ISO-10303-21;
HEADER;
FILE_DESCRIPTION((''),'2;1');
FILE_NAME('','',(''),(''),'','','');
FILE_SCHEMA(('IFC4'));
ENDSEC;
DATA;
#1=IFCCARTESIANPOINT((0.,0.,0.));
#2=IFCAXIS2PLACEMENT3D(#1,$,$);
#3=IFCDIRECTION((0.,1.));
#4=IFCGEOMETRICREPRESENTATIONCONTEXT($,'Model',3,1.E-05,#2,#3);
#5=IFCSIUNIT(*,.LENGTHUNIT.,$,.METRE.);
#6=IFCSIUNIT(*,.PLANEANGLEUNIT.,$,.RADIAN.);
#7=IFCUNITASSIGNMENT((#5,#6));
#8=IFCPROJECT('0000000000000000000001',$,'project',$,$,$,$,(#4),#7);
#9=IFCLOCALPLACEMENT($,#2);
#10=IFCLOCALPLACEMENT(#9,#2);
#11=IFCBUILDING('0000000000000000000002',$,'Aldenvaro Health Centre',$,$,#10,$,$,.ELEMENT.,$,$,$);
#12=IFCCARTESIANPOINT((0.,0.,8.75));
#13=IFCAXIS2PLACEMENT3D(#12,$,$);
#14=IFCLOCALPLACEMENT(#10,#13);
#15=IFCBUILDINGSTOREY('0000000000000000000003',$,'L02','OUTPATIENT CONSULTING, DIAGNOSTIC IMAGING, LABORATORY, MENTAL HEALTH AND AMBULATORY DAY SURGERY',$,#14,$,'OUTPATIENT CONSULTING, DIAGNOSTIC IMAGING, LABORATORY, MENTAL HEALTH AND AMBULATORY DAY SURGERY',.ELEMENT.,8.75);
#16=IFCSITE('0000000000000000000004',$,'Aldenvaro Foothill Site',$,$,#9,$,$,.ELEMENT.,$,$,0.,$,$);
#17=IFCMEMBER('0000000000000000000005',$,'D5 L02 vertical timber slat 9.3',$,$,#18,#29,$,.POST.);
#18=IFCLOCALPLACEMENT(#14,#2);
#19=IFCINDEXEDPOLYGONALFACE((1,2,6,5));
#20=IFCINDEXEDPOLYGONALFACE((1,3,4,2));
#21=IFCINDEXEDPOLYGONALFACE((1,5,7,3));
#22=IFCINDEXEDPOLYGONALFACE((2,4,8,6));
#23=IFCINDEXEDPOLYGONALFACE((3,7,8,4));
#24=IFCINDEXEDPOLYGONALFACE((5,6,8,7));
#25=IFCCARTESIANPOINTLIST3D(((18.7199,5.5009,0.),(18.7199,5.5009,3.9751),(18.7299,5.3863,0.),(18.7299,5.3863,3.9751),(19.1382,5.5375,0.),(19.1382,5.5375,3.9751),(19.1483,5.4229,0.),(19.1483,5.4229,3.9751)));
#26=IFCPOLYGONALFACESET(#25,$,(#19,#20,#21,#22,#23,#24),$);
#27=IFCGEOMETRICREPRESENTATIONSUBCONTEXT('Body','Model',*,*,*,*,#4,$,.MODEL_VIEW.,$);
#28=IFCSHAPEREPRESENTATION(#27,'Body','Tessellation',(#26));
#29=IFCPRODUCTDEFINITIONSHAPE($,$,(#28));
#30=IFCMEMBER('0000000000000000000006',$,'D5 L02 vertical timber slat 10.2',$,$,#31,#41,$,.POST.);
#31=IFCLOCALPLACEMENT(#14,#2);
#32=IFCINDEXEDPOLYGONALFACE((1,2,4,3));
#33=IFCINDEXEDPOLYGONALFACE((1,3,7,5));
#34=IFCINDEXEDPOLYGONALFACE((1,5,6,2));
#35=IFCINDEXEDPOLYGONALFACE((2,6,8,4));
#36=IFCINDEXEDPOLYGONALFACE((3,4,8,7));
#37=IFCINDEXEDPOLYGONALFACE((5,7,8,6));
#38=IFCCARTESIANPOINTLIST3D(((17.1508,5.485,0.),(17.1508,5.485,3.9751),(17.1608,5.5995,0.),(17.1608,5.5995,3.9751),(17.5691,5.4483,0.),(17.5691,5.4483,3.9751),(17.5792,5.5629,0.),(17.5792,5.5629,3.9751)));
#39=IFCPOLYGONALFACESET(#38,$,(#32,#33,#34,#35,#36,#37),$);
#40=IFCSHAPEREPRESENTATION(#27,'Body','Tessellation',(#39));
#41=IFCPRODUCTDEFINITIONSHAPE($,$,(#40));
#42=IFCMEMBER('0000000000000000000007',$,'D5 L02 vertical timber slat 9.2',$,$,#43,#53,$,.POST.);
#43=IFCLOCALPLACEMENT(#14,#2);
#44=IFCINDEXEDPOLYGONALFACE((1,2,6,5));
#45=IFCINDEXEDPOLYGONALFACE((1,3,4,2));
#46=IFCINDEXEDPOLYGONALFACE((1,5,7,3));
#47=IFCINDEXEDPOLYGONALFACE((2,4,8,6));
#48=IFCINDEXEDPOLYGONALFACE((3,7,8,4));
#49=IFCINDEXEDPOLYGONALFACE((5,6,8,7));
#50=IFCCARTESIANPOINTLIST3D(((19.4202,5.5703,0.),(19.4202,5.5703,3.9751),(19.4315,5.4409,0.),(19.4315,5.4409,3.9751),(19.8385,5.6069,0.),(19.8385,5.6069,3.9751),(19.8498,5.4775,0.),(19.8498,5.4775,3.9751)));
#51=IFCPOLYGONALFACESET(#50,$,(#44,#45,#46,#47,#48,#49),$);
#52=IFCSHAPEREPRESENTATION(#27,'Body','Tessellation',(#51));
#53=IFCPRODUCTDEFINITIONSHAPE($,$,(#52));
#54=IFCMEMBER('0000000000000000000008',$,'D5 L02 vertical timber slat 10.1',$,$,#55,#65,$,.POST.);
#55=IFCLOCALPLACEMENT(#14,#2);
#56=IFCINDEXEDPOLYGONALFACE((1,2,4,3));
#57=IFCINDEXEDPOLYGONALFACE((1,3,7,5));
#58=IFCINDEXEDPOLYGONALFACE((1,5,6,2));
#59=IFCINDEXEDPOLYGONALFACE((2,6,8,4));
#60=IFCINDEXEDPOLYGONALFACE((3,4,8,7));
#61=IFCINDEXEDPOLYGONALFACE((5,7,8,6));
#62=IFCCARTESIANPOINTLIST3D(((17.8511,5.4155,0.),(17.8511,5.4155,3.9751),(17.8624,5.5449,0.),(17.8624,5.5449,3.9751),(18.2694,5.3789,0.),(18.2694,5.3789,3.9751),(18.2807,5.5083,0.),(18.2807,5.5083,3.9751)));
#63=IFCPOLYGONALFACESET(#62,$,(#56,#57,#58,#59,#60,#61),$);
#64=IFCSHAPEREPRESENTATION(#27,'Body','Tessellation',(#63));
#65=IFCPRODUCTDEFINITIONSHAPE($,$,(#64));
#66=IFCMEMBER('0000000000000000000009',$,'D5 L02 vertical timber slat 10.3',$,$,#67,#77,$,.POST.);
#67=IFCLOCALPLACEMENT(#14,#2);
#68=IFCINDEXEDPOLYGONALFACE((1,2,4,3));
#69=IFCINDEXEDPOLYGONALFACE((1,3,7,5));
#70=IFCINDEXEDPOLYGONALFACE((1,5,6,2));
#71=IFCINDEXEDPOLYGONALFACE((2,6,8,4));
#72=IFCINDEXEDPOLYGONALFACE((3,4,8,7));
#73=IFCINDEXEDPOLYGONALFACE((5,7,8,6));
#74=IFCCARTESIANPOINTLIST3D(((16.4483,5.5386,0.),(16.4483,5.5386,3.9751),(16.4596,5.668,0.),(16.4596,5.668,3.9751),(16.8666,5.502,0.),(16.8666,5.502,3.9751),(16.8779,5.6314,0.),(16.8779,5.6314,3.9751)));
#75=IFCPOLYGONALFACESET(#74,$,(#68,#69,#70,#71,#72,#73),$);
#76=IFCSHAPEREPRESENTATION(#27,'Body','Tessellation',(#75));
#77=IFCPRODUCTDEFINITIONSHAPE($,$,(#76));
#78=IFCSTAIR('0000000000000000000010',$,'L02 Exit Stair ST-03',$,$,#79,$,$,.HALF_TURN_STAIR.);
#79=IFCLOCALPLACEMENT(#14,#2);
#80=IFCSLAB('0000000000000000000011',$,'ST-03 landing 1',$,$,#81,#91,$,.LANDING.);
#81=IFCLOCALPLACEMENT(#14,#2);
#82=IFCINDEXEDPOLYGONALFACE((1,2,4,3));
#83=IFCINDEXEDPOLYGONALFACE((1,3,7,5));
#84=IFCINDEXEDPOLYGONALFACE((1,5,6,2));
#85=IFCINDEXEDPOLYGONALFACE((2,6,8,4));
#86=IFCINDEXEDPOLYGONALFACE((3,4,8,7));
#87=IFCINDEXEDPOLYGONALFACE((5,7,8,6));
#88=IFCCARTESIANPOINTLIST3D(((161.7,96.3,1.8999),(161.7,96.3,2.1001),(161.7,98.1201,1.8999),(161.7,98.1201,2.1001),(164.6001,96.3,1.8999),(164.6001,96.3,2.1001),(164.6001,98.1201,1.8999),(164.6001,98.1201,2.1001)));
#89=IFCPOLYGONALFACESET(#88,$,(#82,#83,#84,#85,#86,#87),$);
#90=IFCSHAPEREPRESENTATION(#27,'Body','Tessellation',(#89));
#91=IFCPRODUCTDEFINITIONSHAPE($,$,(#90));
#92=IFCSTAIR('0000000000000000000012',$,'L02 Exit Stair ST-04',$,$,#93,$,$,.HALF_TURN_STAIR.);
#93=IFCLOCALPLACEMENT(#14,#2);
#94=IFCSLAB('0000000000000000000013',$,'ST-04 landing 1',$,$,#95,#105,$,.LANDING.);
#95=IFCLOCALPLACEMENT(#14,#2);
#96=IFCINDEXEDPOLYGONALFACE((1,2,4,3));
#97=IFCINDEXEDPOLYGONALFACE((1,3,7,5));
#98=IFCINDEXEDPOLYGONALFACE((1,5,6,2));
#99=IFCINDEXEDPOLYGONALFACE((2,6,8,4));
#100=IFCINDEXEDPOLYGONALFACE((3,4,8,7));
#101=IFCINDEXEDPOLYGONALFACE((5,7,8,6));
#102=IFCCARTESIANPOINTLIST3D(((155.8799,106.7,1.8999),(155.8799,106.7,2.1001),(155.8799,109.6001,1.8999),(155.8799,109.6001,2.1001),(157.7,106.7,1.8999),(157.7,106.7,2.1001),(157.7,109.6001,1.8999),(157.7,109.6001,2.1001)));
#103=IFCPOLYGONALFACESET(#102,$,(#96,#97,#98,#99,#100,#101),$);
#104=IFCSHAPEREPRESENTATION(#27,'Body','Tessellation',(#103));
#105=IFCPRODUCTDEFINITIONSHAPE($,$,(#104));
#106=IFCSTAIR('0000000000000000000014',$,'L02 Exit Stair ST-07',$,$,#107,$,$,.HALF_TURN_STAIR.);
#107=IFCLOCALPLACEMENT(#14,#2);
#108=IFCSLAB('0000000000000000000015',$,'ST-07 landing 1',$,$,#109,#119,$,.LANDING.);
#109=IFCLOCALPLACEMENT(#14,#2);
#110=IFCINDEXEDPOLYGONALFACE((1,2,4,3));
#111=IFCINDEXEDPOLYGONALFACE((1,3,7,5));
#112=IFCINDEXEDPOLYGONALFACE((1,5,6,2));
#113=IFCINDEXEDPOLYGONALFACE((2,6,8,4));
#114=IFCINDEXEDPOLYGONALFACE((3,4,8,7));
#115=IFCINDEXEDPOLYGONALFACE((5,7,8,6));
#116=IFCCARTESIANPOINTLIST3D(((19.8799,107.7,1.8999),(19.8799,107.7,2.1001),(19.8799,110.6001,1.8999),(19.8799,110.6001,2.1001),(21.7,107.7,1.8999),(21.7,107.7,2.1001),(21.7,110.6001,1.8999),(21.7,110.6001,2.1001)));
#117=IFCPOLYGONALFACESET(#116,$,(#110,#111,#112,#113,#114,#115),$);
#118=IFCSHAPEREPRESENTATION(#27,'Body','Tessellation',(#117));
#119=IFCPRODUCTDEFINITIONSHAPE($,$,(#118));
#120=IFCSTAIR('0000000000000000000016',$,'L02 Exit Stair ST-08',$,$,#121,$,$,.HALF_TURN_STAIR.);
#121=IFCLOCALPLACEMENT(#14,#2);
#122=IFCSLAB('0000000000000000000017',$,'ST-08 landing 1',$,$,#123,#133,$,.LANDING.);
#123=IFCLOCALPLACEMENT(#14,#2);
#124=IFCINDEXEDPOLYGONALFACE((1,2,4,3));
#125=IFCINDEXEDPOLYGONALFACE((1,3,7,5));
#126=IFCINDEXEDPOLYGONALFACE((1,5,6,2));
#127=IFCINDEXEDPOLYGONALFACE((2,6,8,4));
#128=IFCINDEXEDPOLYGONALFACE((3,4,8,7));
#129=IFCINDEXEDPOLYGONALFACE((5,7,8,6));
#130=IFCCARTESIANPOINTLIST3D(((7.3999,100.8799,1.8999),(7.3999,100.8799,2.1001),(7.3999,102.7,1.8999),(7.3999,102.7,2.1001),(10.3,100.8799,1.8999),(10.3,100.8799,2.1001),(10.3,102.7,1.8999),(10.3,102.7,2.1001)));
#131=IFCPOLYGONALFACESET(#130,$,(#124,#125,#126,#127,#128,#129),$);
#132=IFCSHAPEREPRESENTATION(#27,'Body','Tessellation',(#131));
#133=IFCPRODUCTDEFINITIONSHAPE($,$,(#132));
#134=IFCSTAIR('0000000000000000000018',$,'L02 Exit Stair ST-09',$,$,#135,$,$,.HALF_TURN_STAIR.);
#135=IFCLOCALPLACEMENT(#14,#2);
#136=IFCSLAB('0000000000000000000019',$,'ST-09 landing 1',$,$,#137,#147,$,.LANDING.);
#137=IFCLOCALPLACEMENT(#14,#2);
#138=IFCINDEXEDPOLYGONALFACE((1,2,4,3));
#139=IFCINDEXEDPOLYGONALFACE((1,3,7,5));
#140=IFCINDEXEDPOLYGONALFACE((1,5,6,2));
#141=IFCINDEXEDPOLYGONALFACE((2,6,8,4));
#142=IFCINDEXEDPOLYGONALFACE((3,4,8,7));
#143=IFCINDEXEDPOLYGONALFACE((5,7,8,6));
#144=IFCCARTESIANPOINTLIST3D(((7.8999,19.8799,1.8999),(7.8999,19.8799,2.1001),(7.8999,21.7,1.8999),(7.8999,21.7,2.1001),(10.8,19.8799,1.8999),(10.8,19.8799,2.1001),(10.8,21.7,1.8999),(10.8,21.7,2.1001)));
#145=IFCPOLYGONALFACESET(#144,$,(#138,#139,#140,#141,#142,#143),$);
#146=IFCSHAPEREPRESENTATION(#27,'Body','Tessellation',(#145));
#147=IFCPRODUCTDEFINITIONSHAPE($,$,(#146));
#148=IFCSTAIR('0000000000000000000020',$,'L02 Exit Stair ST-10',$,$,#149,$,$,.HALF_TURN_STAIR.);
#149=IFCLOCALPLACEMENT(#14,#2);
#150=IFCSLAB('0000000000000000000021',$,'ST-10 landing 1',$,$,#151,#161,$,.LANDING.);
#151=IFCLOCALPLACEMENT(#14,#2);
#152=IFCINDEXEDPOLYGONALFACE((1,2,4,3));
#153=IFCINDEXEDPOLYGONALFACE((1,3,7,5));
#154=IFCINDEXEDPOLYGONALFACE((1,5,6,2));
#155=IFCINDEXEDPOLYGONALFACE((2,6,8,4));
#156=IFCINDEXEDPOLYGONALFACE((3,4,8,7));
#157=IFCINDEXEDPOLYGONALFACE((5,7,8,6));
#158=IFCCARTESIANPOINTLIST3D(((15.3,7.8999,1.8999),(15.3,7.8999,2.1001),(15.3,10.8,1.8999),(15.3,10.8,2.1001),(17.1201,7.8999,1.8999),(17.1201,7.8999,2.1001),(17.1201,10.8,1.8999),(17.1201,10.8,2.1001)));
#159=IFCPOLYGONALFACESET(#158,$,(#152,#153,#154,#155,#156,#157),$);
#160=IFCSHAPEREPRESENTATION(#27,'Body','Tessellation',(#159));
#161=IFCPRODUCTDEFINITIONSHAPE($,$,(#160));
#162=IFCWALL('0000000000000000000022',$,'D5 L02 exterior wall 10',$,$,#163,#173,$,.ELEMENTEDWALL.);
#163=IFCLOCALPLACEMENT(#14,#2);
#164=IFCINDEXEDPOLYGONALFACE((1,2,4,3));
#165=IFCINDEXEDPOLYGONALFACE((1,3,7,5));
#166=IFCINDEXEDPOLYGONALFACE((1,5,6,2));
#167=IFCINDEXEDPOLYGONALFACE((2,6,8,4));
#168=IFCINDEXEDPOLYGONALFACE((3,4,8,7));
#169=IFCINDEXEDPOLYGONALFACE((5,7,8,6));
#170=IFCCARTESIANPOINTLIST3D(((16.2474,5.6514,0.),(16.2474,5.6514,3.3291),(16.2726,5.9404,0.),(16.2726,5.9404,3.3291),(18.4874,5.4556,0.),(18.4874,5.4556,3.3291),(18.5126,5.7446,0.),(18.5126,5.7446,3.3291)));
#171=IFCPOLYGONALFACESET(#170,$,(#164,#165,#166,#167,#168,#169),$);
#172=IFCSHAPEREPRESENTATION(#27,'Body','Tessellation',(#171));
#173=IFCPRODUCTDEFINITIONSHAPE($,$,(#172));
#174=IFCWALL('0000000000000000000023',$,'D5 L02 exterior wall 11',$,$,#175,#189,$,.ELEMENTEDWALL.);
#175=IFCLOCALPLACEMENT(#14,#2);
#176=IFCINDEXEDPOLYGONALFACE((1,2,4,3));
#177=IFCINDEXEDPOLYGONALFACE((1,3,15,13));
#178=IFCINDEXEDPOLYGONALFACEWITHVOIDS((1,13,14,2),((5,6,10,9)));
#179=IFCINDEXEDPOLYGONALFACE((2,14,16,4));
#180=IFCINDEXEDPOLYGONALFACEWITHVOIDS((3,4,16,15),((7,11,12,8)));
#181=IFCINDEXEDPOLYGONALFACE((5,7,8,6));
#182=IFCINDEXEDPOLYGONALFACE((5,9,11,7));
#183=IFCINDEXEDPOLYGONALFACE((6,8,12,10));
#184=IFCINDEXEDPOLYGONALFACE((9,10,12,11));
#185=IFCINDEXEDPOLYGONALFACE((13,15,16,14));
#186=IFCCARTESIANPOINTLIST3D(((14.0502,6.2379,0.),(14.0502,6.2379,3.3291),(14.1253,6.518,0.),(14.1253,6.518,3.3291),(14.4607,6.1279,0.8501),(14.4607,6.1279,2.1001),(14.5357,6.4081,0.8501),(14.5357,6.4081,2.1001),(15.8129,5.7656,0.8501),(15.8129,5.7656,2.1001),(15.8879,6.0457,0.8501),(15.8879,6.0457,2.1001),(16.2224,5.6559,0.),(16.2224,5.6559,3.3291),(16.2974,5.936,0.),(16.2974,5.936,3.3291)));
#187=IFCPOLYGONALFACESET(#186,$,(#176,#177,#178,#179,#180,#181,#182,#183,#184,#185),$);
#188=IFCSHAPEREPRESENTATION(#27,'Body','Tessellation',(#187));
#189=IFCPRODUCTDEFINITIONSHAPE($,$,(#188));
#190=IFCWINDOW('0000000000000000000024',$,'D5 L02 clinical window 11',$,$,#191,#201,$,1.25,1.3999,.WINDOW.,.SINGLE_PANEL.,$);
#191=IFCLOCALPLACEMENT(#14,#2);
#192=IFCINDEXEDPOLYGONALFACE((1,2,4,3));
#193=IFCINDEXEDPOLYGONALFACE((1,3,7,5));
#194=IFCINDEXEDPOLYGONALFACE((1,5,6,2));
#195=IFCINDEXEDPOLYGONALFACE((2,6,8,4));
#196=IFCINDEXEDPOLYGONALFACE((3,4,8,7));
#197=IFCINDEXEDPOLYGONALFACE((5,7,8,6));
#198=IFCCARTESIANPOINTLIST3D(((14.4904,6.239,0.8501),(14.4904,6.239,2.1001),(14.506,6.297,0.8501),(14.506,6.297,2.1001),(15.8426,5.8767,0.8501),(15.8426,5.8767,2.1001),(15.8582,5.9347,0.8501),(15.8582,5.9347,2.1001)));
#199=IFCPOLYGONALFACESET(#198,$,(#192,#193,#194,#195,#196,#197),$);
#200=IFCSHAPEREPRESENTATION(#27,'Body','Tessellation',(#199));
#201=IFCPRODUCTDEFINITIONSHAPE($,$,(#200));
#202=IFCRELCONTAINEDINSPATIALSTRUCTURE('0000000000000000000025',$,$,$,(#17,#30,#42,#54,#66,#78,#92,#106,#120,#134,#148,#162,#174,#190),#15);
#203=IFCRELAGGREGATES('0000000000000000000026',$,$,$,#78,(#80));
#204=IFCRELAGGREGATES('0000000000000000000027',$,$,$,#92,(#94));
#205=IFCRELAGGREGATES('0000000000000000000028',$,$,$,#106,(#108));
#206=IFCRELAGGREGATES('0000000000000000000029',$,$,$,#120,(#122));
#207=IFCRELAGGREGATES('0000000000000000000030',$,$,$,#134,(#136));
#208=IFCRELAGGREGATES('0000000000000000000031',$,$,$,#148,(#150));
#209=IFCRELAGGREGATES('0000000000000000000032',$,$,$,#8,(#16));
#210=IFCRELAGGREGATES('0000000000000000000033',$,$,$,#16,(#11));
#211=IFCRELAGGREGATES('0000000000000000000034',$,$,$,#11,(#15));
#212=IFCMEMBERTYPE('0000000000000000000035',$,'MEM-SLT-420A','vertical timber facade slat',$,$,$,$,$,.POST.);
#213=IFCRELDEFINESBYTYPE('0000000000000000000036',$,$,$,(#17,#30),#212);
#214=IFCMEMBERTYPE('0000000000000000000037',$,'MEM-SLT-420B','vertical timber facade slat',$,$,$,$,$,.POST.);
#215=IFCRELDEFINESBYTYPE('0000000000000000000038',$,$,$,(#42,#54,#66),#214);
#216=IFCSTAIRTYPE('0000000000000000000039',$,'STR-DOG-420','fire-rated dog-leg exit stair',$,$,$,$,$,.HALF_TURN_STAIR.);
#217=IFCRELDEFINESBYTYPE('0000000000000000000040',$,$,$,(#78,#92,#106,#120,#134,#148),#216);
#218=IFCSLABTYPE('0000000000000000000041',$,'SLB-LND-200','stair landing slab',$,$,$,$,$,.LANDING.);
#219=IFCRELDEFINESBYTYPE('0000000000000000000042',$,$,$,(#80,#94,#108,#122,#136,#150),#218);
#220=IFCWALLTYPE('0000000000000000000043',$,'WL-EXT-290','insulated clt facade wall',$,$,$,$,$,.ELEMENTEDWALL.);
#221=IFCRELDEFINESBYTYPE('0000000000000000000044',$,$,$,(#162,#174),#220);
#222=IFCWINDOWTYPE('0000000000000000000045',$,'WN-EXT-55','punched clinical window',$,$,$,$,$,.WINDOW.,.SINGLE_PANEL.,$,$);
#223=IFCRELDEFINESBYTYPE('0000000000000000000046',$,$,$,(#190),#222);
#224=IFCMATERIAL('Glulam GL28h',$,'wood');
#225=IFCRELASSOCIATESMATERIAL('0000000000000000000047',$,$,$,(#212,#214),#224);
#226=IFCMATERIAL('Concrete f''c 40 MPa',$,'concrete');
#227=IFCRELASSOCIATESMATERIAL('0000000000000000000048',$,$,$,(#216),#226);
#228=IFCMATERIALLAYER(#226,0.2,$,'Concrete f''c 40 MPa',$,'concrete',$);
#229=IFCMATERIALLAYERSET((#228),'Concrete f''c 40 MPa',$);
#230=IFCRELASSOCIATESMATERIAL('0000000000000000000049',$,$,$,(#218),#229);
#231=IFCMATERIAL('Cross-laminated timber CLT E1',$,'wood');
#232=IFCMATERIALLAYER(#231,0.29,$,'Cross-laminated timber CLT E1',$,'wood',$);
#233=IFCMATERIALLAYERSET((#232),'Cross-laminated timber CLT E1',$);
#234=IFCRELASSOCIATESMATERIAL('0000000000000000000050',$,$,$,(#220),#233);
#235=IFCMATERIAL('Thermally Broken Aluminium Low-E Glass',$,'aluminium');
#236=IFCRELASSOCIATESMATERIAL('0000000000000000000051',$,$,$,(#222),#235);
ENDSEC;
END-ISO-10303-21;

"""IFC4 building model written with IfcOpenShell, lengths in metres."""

from ifc_helpers import new_model, si_unit, direction, frame, frame_2d, origin, origin_2d, place, context, subcontext, project, spatial, polyline, rectangle, outline, extrude, material, layer, layer_set, material_profile, profile_set, type_object, element, fill, aggregate, save


model = new_model("IFC4")

# Units and contexts
model_context = context("Model", 3, precision=1e-05, world=origin(), true_north=direction((0.0, 1.0)))
body_context = subcontext(model_context, "Body", "Model", "MODEL_VIEW")
ifc_project = project(units=[si_unit("LENGTHUNIT", "METRE"), si_unit("PLANEANGLEUNIT", "RADIAN")], contexts=[model_context])

# Site, building, storey
site_placement = place(None, origin())
site = spatial("IfcSite", under=ifc_project, at=site_placement, Name="Aldenvaro Foothill Site", CompositionType="ELEMENT", RefElevation=0.0)
building_placement = place(site_placement, origin())
building = spatial("IfcBuilding", under=site, at=building_placement, Name="Aldenvaro Health Centre", CompositionType="ELEMENT")
storey_placement = place(building_placement, frame((0.0, 0.0, 8.75)))
storey = spatial("IfcBuildingStorey", under=building, at=storey_placement, Name="L02", Description="OUTPATIENT CONSULTING, DIAGNOSTIC IMAGING, LABORATORY, MENTAL HEALTH AND AMBULATORY DAY SURGERY", LongName="OUTPATIENT CONSULTING, DIAGNOSTIC IMAGING, LABORATORY, MENTAL HEALTH AND AMBULATORY DAY SURGERY", CompositionType="ELEMENT", Elevation=8.75)

# Members
ifc_material_1 = material(Name="Glulam GL28h", Category="wood")
ifc_material_profile_1 = material_profile(ifc_material_1, rectangle(XDim=0.115, YDim=0.4199, at=origin_2d()), Name="GL 115x420", Category="wood")
ifc_profile_set_1 = profile_set([ifc_material_profile_1], Name="Glulam GL28h")
member_type_1 = type_object("IfcMemberType", Name="MEM-SLT-420A", Description="vertical timber facade slat", PredefinedType="POST", material=ifc_profile_set_1)
for number, where, z_axis, x_axis, name in (
    (1, (18.9341, 5.4619, 0.0), (0.0, 0.0, 1.0), (0.087167, -0.996194, 0.0), "D5 L02 vertical timber slat 9.3"),
    (2, (17.365, 5.5239, 0.0), (0.0, 0.0, 1.0), (-0.087167, -0.996194, 0.0), "D5 L02 vertical timber slat 10.2"),
):
    element("IfcMember", number, at=place(storey_placement, frame(where, z_axis=z_axis, x_axis=x_axis)), inside=storey, type_object=member_type_1, Name=name, PredefinedType="POST", context=body_context, shape_type="SweptSolid", body=[
        extrude(rectangle(XDim=0.115, YDim=0.4199, at=origin_2d()), origin(), (0.0, 0.0, 1.0), 3.9751),
    ])
ifc_material_profile_2 = material_profile(ifc_material_1, rectangle(XDim=0.1299, YDim=0.4199, at=origin_2d()), Name="GL 130x420", Category="wood")
ifc_profile_set_2 = profile_set([ifc_material_profile_2], Name="Glulam GL28h")
member_type_2 = type_object("IfcMemberType", Name="MEM-SLT-420B", Description="vertical timber facade slat", PredefinedType="POST", material=ifc_profile_set_2)
for number, where, z_axis, x_axis, name in (
    (3, (19.635, 5.5239, 0.0), (0.0, 0.0, 1.0), (0.087167, -0.996194, 0.0), "D5 L02 vertical timber slat 9.2"),
    (4, (18.0659, 5.4619, 0.0), (0.0, 0.0, 1.0), (-0.087167, -0.996194, 0.0), "D5 L02 vertical timber slat 10.1"),
    (5, (16.6631, 5.585, 0.0), (0.0, 0.0, 1.0), (-0.087167, -0.996194, 0.0), "D5 L02 vertical timber slat 10.3"),
):
    element("IfcMember", number, at=place(storey_placement, frame(where, z_axis=z_axis, x_axis=x_axis)), inside=storey, type_object=member_type_2, Name=name, PredefinedType="POST", context=body_context, shape_type="SweptSolid", body=[
        extrude(rectangle(XDim=0.1299, YDim=0.4199, at=origin_2d()), origin(), (0.0, 0.0, 1.0), 3.9751),
    ])

# Stairs, slabs
ifc_material_2 = material(Name="Concrete f'c 40 MPa", Category="concrete")
stair_type = type_object("IfcStairType", Name="STR-DOG-420", Description="fire-rated dog-leg exit stair", PredefinedType="HALF_TURN_STAIR", material=ifc_material_2)
stair_1_placement = place(storey_placement, origin())
stair_1 = element("IfcStair", 6, at=stair_1_placement, inside=storey, type_object=stair_type, Name="L02 Exit Stair ST-03", PredefinedType="HALF_TURN_STAIR")
ifc_layer_1 = layer(ifc_material_2, 0.2, Name="Concrete f'c 40 MPa", Category="concrete")
ifc_layer_set_1 = layer_set([ifc_layer_1], Name="Concrete f'c 40 MPa")
slab_type = type_object("IfcSlabType", Name="SLB-LND-200", Description="stair landing slab", PredefinedType="LANDING", material=ifc_layer_set_1)
slab_1_placement = place(storey_placement, frame((0.0, 0.0, 1.8999)))
slab_1 = element("IfcSlab", 7, at=slab_1_placement, type_object=slab_type, Name="ST-03 landing 1", PredefinedType="LANDING", context=body_context, shape_type="SweptSolid", body=[
    extrude(outline(polyline([(161.7, 98.1201), (161.7, 96.3), (164.6001, 96.3), (164.6001, 98.1201), (161.7, 98.1201)])), origin(), (0.0, 0.0, 1.0), 0.2002),
])
aggregate(stair_1, [slab_1])
stair_2_placement = place(storey_placement, origin())
stair_2 = element("IfcStair", 8, at=stair_2_placement, inside=storey, type_object=stair_type, Name="L02 Exit Stair ST-04", PredefinedType="HALF_TURN_STAIR")
slab_2_placement = place(storey_placement, frame((0.0, 0.0, 1.8999)))
slab_2 = element("IfcSlab", 9, at=slab_2_placement, type_object=slab_type, Name="ST-04 landing 1", PredefinedType="LANDING", context=body_context, shape_type="SweptSolid", body=[
    extrude(outline(polyline([(155.8799, 106.7), (157.7, 106.7), (157.7, 109.6001), (155.8799, 109.6001), (155.8799, 106.7)])), origin(), (0.0, 0.0, 1.0), 0.2002),
])
aggregate(stair_2, [slab_2])
stair_3_placement = place(storey_placement, origin())
stair_3 = element("IfcStair", 10, at=stair_3_placement, inside=storey, type_object=stair_type, Name="L02 Exit Stair ST-07", PredefinedType="HALF_TURN_STAIR")
slab_3_placement = place(storey_placement, frame((0.0, 0.0, 1.8999)))
slab_3 = element("IfcSlab", 11, at=slab_3_placement, type_object=slab_type, Name="ST-07 landing 1", PredefinedType="LANDING", context=body_context, shape_type="SweptSolid", body=[
    extrude(outline(polyline([(19.8799, 107.7), (21.7, 107.7), (21.7, 110.6001), (19.8799, 110.6001), (19.8799, 107.7)])), origin(), (0.0, 0.0, 1.0), 0.2002),
])
aggregate(stair_3, [slab_3])
stair_4_placement = place(storey_placement, origin())
stair_4 = element("IfcStair", 12, at=stair_4_placement, inside=storey, type_object=stair_type, Name="L02 Exit Stair ST-08", PredefinedType="HALF_TURN_STAIR")
slab_4_placement = place(storey_placement, frame((0.0, 0.0, 1.8999)))
slab_4 = element("IfcSlab", 13, at=slab_4_placement, type_object=slab_type, Name="ST-08 landing 1", PredefinedType="LANDING", context=body_context, shape_type="SweptSolid", body=[
    extrude(outline(polyline([(10.3, 100.8799), (10.3, 102.7), (7.3999, 102.7), (7.3999, 100.8799), (10.3, 100.8799)])), origin(), (0.0, 0.0, 1.0), 0.2002),
])
aggregate(stair_4, [slab_4])
stair_5_placement = place(storey_placement, origin())
stair_5 = element("IfcStair", 14, at=stair_5_placement, inside=storey, type_object=stair_type, Name="L02 Exit Stair ST-09", PredefinedType="HALF_TURN_STAIR")
slab_5_placement = place(storey_placement, frame((0.0, 0.0, 1.8999)))
slab_5 = element("IfcSlab", 15, at=slab_5_placement, type_object=slab_type, Name="ST-09 landing 1", PredefinedType="LANDING", context=body_context, shape_type="SweptSolid", body=[
    extrude(outline(polyline([(10.8, 19.8799), (10.8, 21.7), (7.8999, 21.7), (7.8999, 19.8799), (10.8, 19.8799)])), origin(), (0.0, 0.0, 1.0), 0.2002),
])
aggregate(stair_5, [slab_5])
stair_6_placement = place(storey_placement, origin())
stair_6 = element("IfcStair", 16, at=stair_6_placement, inside=storey, type_object=stair_type, Name="L02 Exit Stair ST-10", PredefinedType="HALF_TURN_STAIR")
slab_6_placement = place(storey_placement, frame((0.0, 0.0, 1.8999)))
slab_6 = element("IfcSlab", 17, at=slab_6_placement, type_object=slab_type, Name="ST-10 landing 1", PredefinedType="LANDING", context=body_context, shape_type="SweptSolid", body=[
    extrude(outline(polyline([(17.1201, 10.8), (15.3, 10.8), (15.3, 7.8999), (17.1201, 7.8999), (17.1201, 10.8)])), origin(), (0.0, 0.0, 1.0), 0.2002),
])
aggregate(stair_6, [slab_6])

# Wall
ifc_material_3 = material(Name="Cross-laminated timber CLT E1", Category="wood")
ifc_layer_2 = layer(ifc_material_3, 0.29, Name="Cross-laminated timber CLT E1", Category="wood")
ifc_layer_set_2 = layer_set([ifc_layer_2], Name="Cross-laminated timber CLT E1")
wall_type = type_object("IfcWallType", Name="WL-EXT-290", Description="insulated clt facade wall", PredefinedType="ELEMENTEDWALL", material=ifc_layer_set_2)
wall_1_placement = place(storey_placement, frame((18.5, 5.6001, 0.0), z_axis=(0.0, 0.0, 1.0), x_axis=(-0.996201, 0.087079, 0.0)))
element("IfcWall", 18, at=wall_1_placement, inside=storey, type_object=wall_type, Name="D5 L02 exterior wall 10", PredefinedType="ELEMENTEDWALL", context=body_context, shape_type="SweptSolid", body=[
    extrude(rectangle(XDim=2.2485, YDim=0.29, at=frame_2d((1.1243, 0.0))), origin(), (0.0, 0.0, 1.0), 3.3291),
])

# Wall, opening, window
wall_2_placement = place(storey_placement, frame((16.26, 5.7959, 0.0), z_axis=(0.0, 0.0, 1.0), x_axis=(-0.965924, 0.258825, 0.0)))
wall_2 = element("IfcWall", 19, at=wall_2_placement, inside=storey, type_object=wall_type, Name="D5 L02 exterior wall 11", PredefinedType="ELEMENTEDWALL", context=body_context, shape_type="SweptSolid", body=[
    extrude(rectangle(XDim=2.2488, YDim=0.29, at=frame_2d((1.1245, 0.0))), origin(), (0.0, 0.0, 1.0), 3.3291),
])
opening_placement = place(wall_2_placement, frame((0.4241, 0.0, 0.8501)))
opening = element("IfcOpeningElement", 20, at=opening_placement, cuts=wall_2, PredefinedType="OPENING", context=body_context, shape_type="SweptSolid", body=[
    extrude(rectangle(XDim=1.3999, YDim=1.25, at=frame_2d((0.7, 0.625))), frame((0.0, 0.155, 0.0), z_axis=(0.0, -1.0, 0.0), x_axis=(1.0, 0.0, 0.0)), (0.0, 0.0, 1.0), 0.3101),
])
ifc_material_4 = material(Name="Thermally Broken Aluminium Low-E Glass", Category="aluminium")
window_type = type_object("IfcWindowType", Name="WN-EXT-55", Description="punched clinical window", PartitioningType="SINGLE_PANEL", PredefinedType="WINDOW", material=ifc_material_4)
window_placement = place(opening_placement, origin())
window = element("IfcWindow", 21, at=window_placement, inside=storey, type_object=window_type, Name="D5 L02 clinical window 11", OverallHeight=1.25, OverallWidth=1.3999, PartitioningType="SINGLE_PANEL", PredefinedType="WINDOW", context=body_context, shape_type="SweptSolid", body=[
    extrude(rectangle(XDim=1.3999, YDim=1.25, at=frame_2d((0.7, 0.625))), frame((0.0, 0.03, 0.0), z_axis=(0.0, -1.0, 0.0), x_axis=(1.0, 0.0, 0.0)), (0.0, 0.0, 1.0), 0.0601),
])
fill(opening, window)

save(model, "model.ifc")
